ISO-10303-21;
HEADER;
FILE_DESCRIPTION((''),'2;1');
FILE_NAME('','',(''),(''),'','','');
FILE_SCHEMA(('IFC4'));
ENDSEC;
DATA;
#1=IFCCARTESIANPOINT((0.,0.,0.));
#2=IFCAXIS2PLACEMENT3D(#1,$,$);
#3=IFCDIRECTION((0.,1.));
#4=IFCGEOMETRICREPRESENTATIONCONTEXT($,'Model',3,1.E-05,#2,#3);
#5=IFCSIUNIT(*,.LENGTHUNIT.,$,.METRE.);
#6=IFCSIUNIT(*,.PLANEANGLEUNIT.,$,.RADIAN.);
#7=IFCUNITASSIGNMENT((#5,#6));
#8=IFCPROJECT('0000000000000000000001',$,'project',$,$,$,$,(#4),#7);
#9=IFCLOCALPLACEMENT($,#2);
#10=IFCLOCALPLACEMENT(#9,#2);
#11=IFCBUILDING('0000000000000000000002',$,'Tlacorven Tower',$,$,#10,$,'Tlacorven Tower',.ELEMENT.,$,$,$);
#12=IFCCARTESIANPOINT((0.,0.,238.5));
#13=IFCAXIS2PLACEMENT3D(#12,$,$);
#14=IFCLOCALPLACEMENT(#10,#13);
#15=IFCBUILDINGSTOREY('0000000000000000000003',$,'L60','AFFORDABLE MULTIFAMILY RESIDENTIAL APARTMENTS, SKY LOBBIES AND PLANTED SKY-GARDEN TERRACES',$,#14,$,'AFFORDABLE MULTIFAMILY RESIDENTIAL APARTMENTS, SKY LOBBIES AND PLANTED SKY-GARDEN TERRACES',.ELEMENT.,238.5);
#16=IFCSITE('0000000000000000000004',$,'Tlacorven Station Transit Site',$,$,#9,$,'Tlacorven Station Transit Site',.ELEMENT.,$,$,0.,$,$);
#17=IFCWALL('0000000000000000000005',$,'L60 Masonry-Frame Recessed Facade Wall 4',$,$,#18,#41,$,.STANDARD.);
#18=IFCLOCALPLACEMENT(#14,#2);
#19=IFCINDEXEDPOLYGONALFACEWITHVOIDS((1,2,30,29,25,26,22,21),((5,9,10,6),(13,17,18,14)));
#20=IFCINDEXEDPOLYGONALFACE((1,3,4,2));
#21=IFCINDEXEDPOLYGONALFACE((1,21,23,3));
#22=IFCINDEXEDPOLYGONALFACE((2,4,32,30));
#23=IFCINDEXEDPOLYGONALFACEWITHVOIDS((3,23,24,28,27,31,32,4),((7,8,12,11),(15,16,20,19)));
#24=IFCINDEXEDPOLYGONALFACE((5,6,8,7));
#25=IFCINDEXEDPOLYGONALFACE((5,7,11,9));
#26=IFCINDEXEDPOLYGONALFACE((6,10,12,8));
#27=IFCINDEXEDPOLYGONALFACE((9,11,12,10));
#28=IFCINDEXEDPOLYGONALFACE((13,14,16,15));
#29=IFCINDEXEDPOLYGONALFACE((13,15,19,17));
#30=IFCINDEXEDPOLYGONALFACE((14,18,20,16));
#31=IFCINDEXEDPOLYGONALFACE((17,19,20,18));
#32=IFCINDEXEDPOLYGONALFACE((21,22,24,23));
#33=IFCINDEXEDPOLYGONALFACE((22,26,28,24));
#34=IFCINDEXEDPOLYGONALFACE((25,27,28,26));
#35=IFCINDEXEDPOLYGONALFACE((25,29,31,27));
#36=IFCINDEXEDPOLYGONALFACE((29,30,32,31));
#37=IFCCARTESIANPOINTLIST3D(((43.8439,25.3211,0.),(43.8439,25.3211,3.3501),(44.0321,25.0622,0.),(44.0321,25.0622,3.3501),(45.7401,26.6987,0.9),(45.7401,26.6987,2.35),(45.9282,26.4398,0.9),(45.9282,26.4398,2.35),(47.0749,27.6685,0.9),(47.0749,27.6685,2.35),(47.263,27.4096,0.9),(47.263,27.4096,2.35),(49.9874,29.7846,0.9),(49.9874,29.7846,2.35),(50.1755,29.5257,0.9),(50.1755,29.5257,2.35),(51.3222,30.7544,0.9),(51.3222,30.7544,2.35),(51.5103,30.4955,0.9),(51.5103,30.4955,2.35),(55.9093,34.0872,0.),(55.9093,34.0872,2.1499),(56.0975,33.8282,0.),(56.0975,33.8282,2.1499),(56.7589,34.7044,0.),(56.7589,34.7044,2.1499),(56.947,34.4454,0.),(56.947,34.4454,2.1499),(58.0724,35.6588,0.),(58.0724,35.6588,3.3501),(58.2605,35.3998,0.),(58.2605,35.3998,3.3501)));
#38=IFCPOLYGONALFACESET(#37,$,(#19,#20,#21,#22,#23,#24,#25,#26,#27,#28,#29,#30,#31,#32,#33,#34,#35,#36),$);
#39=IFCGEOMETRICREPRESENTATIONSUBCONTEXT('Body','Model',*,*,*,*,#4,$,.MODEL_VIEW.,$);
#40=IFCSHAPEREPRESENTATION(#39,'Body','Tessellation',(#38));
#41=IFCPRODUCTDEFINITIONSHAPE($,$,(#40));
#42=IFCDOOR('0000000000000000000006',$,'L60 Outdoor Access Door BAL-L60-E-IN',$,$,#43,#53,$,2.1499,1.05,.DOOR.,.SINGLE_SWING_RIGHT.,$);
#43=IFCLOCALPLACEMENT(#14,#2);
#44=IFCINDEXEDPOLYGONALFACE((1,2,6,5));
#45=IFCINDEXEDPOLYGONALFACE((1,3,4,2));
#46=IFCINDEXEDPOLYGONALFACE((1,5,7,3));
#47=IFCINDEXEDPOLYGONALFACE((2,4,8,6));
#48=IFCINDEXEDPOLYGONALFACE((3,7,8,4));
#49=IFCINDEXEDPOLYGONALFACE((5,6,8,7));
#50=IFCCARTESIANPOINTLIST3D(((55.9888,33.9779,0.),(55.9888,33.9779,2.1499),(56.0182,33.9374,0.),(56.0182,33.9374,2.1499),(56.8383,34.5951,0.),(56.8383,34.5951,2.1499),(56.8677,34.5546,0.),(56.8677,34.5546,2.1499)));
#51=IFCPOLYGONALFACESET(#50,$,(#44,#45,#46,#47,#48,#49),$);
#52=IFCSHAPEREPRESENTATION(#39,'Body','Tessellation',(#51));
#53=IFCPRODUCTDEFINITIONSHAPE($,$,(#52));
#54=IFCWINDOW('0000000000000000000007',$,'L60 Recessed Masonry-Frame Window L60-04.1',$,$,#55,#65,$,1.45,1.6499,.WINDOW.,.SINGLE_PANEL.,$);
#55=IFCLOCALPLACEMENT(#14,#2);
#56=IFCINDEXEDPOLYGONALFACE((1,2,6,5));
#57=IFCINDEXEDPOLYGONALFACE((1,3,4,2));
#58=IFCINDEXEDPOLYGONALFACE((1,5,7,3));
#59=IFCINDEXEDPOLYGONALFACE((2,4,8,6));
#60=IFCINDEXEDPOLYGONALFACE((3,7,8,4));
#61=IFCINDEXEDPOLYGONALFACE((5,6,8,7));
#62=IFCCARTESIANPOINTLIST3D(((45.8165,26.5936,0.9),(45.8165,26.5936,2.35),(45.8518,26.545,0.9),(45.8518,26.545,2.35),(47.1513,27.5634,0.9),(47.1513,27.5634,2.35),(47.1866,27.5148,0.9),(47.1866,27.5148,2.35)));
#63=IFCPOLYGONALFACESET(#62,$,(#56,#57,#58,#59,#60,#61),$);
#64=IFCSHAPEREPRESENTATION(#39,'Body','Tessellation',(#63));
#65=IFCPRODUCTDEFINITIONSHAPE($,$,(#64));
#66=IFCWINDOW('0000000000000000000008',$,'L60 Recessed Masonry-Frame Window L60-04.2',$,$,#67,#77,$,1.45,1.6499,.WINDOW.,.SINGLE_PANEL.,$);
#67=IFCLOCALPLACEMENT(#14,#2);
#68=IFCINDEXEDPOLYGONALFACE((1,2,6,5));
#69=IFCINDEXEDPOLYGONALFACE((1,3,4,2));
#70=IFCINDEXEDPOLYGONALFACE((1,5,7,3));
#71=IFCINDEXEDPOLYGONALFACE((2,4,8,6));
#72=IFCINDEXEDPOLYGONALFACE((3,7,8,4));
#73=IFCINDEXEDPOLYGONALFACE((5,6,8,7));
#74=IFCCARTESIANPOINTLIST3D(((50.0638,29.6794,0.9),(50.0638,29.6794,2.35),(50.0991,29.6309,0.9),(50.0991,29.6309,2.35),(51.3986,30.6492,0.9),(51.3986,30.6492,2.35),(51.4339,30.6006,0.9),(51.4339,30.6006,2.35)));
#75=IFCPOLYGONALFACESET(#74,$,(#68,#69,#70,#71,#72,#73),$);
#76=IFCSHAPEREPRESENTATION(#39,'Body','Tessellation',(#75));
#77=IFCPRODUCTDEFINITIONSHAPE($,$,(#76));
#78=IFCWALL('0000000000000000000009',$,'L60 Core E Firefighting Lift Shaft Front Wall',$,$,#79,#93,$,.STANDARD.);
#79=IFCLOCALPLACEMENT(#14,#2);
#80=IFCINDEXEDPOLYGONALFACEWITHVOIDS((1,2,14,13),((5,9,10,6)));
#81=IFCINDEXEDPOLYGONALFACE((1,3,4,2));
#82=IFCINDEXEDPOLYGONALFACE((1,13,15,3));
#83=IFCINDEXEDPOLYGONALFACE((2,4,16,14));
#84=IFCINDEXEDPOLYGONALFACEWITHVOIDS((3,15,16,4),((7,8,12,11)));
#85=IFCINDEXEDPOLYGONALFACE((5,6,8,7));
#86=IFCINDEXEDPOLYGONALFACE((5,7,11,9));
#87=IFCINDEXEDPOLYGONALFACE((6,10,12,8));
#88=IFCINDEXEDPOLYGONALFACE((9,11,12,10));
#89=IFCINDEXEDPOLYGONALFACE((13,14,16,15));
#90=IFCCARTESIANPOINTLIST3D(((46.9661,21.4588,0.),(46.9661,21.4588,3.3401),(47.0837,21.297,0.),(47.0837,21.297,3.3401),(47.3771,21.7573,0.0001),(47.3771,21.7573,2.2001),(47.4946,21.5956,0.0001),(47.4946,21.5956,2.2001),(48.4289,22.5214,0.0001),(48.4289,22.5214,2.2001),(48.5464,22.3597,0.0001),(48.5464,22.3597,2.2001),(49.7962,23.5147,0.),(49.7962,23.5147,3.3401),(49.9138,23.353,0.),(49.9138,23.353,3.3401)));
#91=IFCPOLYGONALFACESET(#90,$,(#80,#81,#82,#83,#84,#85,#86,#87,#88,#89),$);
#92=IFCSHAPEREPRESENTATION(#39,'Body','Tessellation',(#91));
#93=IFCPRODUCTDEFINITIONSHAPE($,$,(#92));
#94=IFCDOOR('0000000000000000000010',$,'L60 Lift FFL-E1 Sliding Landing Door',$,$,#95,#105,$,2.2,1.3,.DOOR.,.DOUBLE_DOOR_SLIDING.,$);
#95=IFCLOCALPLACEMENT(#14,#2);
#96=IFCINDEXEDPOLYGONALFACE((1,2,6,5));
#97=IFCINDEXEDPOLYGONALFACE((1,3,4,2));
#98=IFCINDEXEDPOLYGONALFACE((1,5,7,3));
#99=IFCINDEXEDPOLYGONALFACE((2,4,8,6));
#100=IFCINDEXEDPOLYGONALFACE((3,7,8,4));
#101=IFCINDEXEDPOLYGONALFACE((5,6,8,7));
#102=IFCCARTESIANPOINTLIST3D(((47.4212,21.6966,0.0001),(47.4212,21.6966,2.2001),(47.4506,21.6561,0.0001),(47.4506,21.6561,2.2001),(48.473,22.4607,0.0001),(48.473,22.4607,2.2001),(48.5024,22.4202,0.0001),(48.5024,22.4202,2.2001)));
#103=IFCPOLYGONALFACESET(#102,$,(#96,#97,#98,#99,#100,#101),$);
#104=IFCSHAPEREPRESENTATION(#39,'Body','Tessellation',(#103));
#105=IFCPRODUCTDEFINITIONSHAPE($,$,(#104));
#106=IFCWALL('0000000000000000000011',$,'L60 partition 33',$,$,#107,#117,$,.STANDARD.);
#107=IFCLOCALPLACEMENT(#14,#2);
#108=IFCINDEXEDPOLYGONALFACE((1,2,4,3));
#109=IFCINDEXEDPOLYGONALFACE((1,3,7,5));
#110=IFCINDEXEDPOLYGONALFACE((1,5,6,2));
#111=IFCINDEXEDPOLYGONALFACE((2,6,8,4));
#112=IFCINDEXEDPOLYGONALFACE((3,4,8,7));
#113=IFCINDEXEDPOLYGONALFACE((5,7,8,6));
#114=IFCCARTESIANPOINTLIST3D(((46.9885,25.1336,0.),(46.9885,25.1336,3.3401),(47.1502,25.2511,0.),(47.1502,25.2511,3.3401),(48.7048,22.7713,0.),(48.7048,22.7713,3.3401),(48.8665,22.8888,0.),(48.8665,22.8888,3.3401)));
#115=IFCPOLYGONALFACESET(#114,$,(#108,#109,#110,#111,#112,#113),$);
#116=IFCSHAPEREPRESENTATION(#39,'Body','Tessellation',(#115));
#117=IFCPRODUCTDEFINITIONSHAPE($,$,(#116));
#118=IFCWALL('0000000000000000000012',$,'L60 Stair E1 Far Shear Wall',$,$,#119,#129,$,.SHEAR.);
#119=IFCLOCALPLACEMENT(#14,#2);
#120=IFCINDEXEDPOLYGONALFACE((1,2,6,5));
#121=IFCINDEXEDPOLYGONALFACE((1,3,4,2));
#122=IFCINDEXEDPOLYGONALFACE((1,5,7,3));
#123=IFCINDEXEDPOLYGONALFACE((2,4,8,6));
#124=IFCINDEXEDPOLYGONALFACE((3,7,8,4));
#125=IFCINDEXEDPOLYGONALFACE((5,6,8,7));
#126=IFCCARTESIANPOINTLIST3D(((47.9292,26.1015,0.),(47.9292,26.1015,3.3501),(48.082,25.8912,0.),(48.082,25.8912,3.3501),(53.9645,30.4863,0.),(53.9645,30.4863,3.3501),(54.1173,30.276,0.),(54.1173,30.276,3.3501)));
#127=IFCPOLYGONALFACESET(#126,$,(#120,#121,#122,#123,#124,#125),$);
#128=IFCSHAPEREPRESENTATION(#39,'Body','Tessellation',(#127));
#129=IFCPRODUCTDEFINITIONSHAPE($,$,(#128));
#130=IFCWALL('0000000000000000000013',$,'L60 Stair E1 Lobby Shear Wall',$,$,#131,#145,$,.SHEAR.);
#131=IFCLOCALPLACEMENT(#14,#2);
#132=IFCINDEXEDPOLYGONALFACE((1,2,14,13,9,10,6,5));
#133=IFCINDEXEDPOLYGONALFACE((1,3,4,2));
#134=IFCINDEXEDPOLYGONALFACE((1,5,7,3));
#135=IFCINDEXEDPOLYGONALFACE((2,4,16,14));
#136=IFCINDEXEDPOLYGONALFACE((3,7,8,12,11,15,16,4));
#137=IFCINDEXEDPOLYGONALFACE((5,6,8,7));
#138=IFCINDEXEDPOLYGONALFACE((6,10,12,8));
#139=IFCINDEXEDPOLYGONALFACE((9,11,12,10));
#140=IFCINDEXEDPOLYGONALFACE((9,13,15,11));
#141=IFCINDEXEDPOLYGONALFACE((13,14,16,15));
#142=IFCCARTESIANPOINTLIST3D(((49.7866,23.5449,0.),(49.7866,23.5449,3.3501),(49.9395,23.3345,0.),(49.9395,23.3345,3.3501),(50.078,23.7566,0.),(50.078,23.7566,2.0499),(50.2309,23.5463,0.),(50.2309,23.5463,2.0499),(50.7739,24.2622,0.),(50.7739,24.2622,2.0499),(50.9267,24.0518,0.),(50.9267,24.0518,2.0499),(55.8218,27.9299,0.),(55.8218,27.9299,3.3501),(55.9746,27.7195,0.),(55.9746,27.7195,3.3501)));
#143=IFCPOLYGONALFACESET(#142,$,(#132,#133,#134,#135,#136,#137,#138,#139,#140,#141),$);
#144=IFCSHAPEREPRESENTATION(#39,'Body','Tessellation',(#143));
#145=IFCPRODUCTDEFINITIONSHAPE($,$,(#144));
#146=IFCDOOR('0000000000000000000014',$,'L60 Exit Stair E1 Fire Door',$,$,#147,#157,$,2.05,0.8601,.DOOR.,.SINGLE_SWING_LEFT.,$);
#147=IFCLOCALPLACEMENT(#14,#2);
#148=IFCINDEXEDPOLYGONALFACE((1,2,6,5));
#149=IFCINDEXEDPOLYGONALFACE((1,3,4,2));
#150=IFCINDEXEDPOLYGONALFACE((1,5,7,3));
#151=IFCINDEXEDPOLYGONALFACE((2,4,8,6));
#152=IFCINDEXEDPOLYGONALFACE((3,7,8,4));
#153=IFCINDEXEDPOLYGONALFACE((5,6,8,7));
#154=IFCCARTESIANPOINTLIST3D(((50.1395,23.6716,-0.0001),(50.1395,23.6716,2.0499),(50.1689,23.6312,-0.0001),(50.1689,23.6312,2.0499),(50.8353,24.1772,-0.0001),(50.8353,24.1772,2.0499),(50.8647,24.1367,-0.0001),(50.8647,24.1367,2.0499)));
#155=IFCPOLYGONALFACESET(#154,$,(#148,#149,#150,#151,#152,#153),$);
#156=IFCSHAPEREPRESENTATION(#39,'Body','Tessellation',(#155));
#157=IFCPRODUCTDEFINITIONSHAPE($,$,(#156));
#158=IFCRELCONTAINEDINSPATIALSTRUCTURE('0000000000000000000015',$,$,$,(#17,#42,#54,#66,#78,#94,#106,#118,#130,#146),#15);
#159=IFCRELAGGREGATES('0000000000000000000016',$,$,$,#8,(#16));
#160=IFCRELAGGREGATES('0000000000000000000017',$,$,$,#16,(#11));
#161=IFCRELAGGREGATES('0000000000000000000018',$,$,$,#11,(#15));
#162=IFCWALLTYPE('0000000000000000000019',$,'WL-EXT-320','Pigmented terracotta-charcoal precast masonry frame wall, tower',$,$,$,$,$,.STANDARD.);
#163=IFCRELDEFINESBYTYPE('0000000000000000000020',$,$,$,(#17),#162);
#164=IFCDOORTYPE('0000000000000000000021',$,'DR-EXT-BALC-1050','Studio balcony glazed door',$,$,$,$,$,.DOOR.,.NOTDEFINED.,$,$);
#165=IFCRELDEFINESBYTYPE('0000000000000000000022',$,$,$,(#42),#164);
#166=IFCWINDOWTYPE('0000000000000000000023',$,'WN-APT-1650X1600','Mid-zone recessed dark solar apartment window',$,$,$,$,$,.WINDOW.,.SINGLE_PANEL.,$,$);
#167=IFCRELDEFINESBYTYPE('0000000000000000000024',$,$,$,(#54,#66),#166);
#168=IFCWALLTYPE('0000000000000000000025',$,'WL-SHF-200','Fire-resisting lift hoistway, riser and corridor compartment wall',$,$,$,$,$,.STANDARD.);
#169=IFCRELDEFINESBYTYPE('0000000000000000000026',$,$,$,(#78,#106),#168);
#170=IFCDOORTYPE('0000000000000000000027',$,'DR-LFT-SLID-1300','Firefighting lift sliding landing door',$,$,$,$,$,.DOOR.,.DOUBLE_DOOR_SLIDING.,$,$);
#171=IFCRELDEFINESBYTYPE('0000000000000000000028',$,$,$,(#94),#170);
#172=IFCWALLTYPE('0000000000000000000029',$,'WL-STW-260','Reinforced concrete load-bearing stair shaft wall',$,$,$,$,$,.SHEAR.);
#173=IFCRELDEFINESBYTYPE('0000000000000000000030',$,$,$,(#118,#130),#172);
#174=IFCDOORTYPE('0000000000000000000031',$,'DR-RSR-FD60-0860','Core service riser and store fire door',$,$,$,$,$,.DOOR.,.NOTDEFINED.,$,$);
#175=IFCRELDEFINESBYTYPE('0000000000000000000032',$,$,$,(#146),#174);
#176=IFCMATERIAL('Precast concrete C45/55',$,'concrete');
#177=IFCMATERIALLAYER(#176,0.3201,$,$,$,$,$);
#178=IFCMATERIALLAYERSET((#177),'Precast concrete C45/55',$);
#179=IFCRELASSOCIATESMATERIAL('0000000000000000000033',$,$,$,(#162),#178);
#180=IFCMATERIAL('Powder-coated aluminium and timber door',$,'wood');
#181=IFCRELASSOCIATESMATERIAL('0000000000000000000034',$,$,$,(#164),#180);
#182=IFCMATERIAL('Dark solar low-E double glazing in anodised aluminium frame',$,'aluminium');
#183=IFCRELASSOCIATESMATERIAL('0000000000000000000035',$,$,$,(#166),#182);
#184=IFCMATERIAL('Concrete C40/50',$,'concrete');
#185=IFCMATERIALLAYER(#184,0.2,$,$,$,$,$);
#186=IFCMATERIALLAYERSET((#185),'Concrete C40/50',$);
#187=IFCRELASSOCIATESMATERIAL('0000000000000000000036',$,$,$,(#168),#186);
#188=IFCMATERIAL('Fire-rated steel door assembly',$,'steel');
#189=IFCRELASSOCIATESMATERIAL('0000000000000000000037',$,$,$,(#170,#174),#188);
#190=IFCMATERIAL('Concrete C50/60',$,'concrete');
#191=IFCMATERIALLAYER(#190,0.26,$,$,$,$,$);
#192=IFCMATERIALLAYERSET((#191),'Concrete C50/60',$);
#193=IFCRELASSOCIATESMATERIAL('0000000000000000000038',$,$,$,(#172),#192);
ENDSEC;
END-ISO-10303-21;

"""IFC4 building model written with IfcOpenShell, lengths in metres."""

from ifc_helpers import new_model, si_unit, direction, frame, frame_2d, origin, place, context, subcontext, project, spatial, rectangle, extrude, source, transform, mapped, material, layer, layer_set, type_object, element, fill, save


model = new_model("IFC4")

# Units and contexts
model_context = context("Model", 3, precision=1e-05, world=origin(), true_north=direction((0.0, 1.0)))
body_context = subcontext(model_context, "Body", "Model", "MODEL_VIEW")
ifc_project = project(units=[si_unit("LENGTHUNIT", "METRE"), si_unit("PLANEANGLEUNIT", "RADIAN")], contexts=[model_context])

# Site, building, storey
site_placement = place(None, origin())
site = spatial("IfcSite", under=ifc_project, at=site_placement, Name="Tlacorven Station Transit Site", LongName="Tlacorven Station Transit Site", CompositionType="ELEMENT", RefElevation=0.0)
building_placement = place(site_placement, origin())
building = spatial("IfcBuilding", under=site, at=building_placement, Name="Tlacorven Tower", LongName="Tlacorven Tower", CompositionType="ELEMENT")
storey_placement = place(building_placement, frame((0.0, 0.0, 238.5)))
storey = spatial("IfcBuildingStorey", under=building, at=storey_placement, Name="L60", Description="AFFORDABLE MULTIFAMILY RESIDENTIAL APARTMENTS, SKY LOBBIES AND PLANTED SKY-GARDEN TERRACES", LongName="AFFORDABLE MULTIFAMILY RESIDENTIAL APARTMENTS, SKY LOBBIES AND PLANTED SKY-GARDEN TERRACES", CompositionType="ELEMENT", Elevation=238.5)

# Shared definitions
ifc_material_1 = material(Name="Concrete C50/60", Category="concrete")

# Wall, openings, door, windows
ifc_material_2 = material(Name="Precast concrete C45/55", Category="concrete")
ifc_layer_1 = layer(ifc_material_2, 0.3201)
ifc_layer_set_1 = layer_set([ifc_layer_1], Name="Precast concrete C45/55")
wall_type_1 = type_object("IfcWallType", Name="WL-EXT-320", Description="Pigmented terracotta-charcoal precast masonry frame wall, tower", PredefinedType="STANDARD", material=ifc_layer_set_1)
wall_1_placement = place(storey_placement, frame((43.938, 25.1917, 0.0), z_axis=(0.0, 0.0, 1.0), x_axis=(0.809016, 0.587786, 0.0)))
wall_1 = element("IfcWall", 1, at=wall_1_placement, inside=storey, type_object=wall_type_1, Name="L60 Masonry-Frame Recessed Facade Wall 4", PredefinedType="STANDARD", context=body_context, shape_type="SweptSolid", body=[
    extrude(rectangle(XDim=17.5874, YDim=0.3201, at=frame_2d((8.7937, 0.0))), origin(), (0.0, 0.0, 1.0), 3.3501),
])
opening_1_placement = place(wall_1_placement, frame((14.9138, 0.0, 0.0)))
opening_1 = element("IfcOpeningElement", 2, at=opening_1_placement, cuts=wall_1, PredefinedType="OPENING", context=body_context, shape_type="SweptSolid", body=[
    extrude(rectangle(XDim=1.05, YDim=2.1499, at=frame_2d((0.5249, 1.075))), frame((0.0, 0.1699, 0.0), z_axis=(0.0, -1.0, 0.0), x_axis=(1.0, 0.0, 0.0)), (0.0, 0.0, 1.0), 0.3401),
])
opening_2_placement = place(wall_1_placement, frame((2.3438, 0.0, 0.8999)))
opening_2 = element("IfcOpeningElement", 3, at=opening_2_placement, cuts=wall_1, PredefinedType="OPENING", context=body_context, shape_type="SweptSolid", body=[
    extrude(rectangle(XDim=1.6499, YDim=1.45, at=frame_2d((0.825, 0.7251))), frame((0.0, 0.1699, 0.0), z_axis=(0.0, -1.0, 0.0), x_axis=(1.0, 0.0, 0.0)), (0.0, 0.0, 1.0), 0.3401),
])
opening_3_placement = place(wall_1_placement, frame((7.5938, 0.0, 0.8999)))
opening_3 = element("IfcOpeningElement", 4, at=opening_3_placement, cuts=wall_1, PredefinedType="OPENING", context=body_context, shape_type="SweptSolid", body=[
    extrude(rectangle(XDim=1.6499, YDim=1.45, at=frame_2d((0.825, 0.7251))), frame((0.0, 0.1699, 0.0), z_axis=(0.0, -1.0, 0.0), x_axis=(1.0, 0.0, 0.0)), (0.0, 0.0, 1.0), 0.3401),
])
ifc_material_3 = material(Name="Powder-coated aluminium and timber door", Category="wood")
door_type_1 = type_object("IfcDoorType", Name="DR-EXT-BALC-1050", Description="Studio balcony glazed door", OperationType="NOTDEFINED", PredefinedType="DOOR", material=ifc_material_3)
shared_shape_1 = source(origin(), body_context, "Body", "SweptSolid", [
    extrude(rectangle(XDim=1.05, YDim=2.1499, at=frame_2d((0.5249, 1.075))), frame((0.0, 0.0249, 0.0), z_axis=(0.0, -1.0, 0.0), x_axis=(1.0, 0.0, 0.0)), (0.0, 0.0, 1.0), 0.05),
])
door_1_placement = place(opening_1_placement, origin())
door_1 = element("IfcDoor", 5, at=door_1_placement, inside=storey, type_object=door_type_1, Name="L60 Outdoor Access Door BAL-L60-E-IN", OperationType="SINGLE_SWING_RIGHT", OverallHeight=2.1499, OverallWidth=1.05, PredefinedType="DOOR", context=body_context, shape_type="MappedRepresentation", body=[
    mapped(shared_shape_1, transform((0.0, 0.0, 0.0), scale=1.0)),
])
fill(opening_1, door_1)
ifc_material_4 = material(Name="Dark solar low-E double glazing in anodised aluminium frame", Category="aluminium")
window_type = type_object("IfcWindowType", Name="WN-APT-1650X1600", Description="Mid-zone recessed dark solar apartment window", PartitioningType="SINGLE_PANEL", PredefinedType="WINDOW", material=ifc_material_4)
shared_shape_2 = source(origin(), body_context, "Body", "SweptSolid", [
    extrude(rectangle(XDim=1.6499, YDim=1.45, at=frame_2d((0.825, 0.7251))), frame((0.0, 0.03, 0.0), z_axis=(0.0, -1.0, 0.0), x_axis=(1.0, 0.0, 0.0)), (0.0, 0.0, 1.0), 0.0601),
])
window_1_placement = place(opening_2_placement, origin())
window_1 = element("IfcWindow", 6, at=window_1_placement, inside=storey, type_object=window_type, Name="L60 Recessed Masonry-Frame Window L60-04.1", OverallHeight=1.45, OverallWidth=1.6499, PartitioningType="SINGLE_PANEL", PredefinedType="WINDOW", context=body_context, shape_type="MappedRepresentation", body=[
    mapped(shared_shape_2, transform((0.0, 0.0, 0.0), scale=1.0)),
])
fill(opening_2, window_1)
window_2_placement = place(opening_3_placement, origin())
window_2 = element("IfcWindow", 7, at=window_2_placement, inside=storey, type_object=window_type, Name="L60 Recessed Masonry-Frame Window L60-04.2", OverallHeight=1.45, OverallWidth=1.6499, PartitioningType="SINGLE_PANEL", PredefinedType="WINDOW", context=body_context, shape_type="MappedRepresentation", body=[
    mapped(shared_shape_2, transform((0.0, 0.0, 0.0), scale=1.0)),
])
fill(opening_3, window_2)

# Wall, opening, door
ifc_material_5 = material(Name="Concrete C40/50", Category="concrete")
ifc_layer_2 = layer(ifc_material_5, 0.2)
ifc_layer_set_2 = layer_set([ifc_layer_2], Name="Concrete C40/50")
wall_type_2 = type_object("IfcWallType", Name="WL-SHF-200", Description="Fire-resisting lift hoistway, riser and corridor compartment wall", PredefinedType="STANDARD", material=ifc_layer_set_2)
wall_2_placement = place(storey_placement, frame((47.0249, 21.3779, 0.0), z_axis=(0.0, 0.0, 1.0), x_axis=(0.809053, 0.587736, 0.0)))
wall_2 = element("IfcWall", 8, at=wall_2_placement, inside=storey, type_object=wall_type_2, Name="L60 Core E Firefighting Lift Shaft Front Wall", PredefinedType="STANDARD", context=body_context, shape_type="SweptSolid", body=[
    extrude(rectangle(XDim=3.498, YDim=0.2, at=frame_2d((1.749, 0.0))), origin(), (0.0, 0.0, 1.0), 3.3401),
])
opening_4_placement = place(wall_2_placement, frame((0.5081, 0.0, 0.0)))
opening_4 = element("IfcOpeningElement", 9, at=opening_4_placement, cuts=wall_2, PredefinedType="OPENING", context=body_context, shape_type="SweptSolid", body=[
    extrude(rectangle(XDim=1.3, YDim=2.2, at=frame_2d((0.6499, 1.1001))), frame((0.0, 0.1099, 0.0), z_axis=(0.0, -1.0, 0.0), x_axis=(1.0, 0.0, 0.0)), (0.0, 0.0, 1.0), 0.22),
])
ifc_material_6 = material(Name="Fire-rated steel door assembly", Category="steel")
door_type_2 = type_object("IfcDoorType", Name="DR-LFT-SLID-1300", Description="Firefighting lift sliding landing door", OperationType="DOUBLE_DOOR_SLIDING", PredefinedType="DOOR", material=ifc_material_6)
shared_shape_3 = source(origin(), body_context, "Body", "SweptSolid", [
    extrude(rectangle(XDim=1.3, YDim=2.2, at=frame_2d((0.6499, 1.1001))), frame((0.0, 0.0249, 0.0), z_axis=(0.0, -1.0, 0.0), x_axis=(1.0, 0.0, 0.0)), (0.0, 0.0, 1.0), 0.05),
])
door_2_placement = place(opening_4_placement, origin())
door_2 = element("IfcDoor", 10, at=door_2_placement, inside=storey, type_object=door_type_2, Name="L60 Lift FFL-E1 Sliding Landing Door", OperationType="DOUBLE_DOOR_SLIDING", OverallHeight=2.2, OverallWidth=1.3, PredefinedType="DOOR", context=body_context, shape_type="MappedRepresentation", body=[
    mapped(shared_shape_3, transform((0.0, 0.0, 0.0), scale=1.0)),
])
fill(opening_4, door_2)

# Walls
wall_3_placement = place(storey_placement, frame((48.7856, 22.8301, 0.0), z_axis=(0.0, 0.0, 1.0), x_axis=(-0.587784, 0.809018, 0.0)))
element("IfcWall", 11, at=wall_3_placement, inside=storey, type_object=wall_type_2, Name="L60 partition 33", PredefinedType="STANDARD", context=body_context, shape_type="SweptSolid", body=[
    extrude(rectangle(XDim=2.9199, YDim=0.2, at=frame_2d((1.46, 0.0))), origin(), (0.0, 0.0, 1.0), 3.3401),
])
ifc_layer_3 = layer(ifc_material_1, 0.26)
ifc_layer_set_3 = layer_set([ifc_layer_3], Name="Concrete C50/60")
wall_type_3 = type_object("IfcWallType", Name="WL-STW-260", Description="Reinforced concrete load-bearing stair shaft wall", PredefinedType="SHEAR", material=ifc_layer_set_3)
wall_4_placement = place(storey_placement, frame((48.0056, 25.9963, 0.0), z_axis=(0.0, 0.0, 1.0), x_axis=(0.809019, 0.587782, 0.0)))
element("IfcWall", 12, at=wall_4_placement, inside=storey, type_object=wall_type_3, Name="L60 Stair E1 Far Shear Wall", PredefinedType="SHEAR", context=body_context, shape_type="SweptSolid", body=[
    extrude(rectangle(XDim=7.46, YDim=0.26, at=frame_2d((3.73, 0.0))), origin(), (0.0, 0.0, 1.0), 3.3501),
])

# Wall, opening, door
wall_5_placement = place(storey_placement, frame((49.863, 23.4397, 0.0), z_axis=(0.0, 0.0, 1.0), x_axis=(0.809003, 0.587804, 0.0)))
wall_5 = element("IfcWall", 13, at=wall_5_placement, inside=storey, type_object=wall_type_3, Name="L60 Stair E1 Lobby Shear Wall", PredefinedType="SHEAR", context=body_context, shape_type="SweptSolid", body=[
    extrude(rectangle(XDim=7.46, YDim=0.26, at=frame_2d((3.73, 0.0))), origin(), (0.0, 0.0, 1.0), 3.3501),
])
opening_5_placement = place(wall_5_placement, frame((0.3601, 0.0, 0.0)))
opening_5 = element("IfcOpeningElement", 14, at=opening_5_placement, cuts=wall_5, PredefinedType="OPENING", context=body_context, shape_type="SweptSolid", body=[
    extrude(rectangle(XDim=0.8601, YDim=2.05, at=frame_2d((0.4302, 1.0249))), frame((0.0, 0.1401, 0.0), z_axis=(0.0, -1.0, 0.0), x_axis=(1.0, 0.0, 0.0)), (0.0, 0.0, 1.0), 0.28),
])
door_type_3 = type_object("IfcDoorType", Name="DR-RSR-FD60-0860", Description="Core service riser and store fire door", OperationType="NOTDEFINED", PredefinedType="DOOR", material=ifc_material_6)
shared_shape_4 = source(origin(), body_context, "Body", "SweptSolid", [
    extrude(rectangle(XDim=0.8601, YDim=2.05, at=frame_2d((0.4302, 1.0249))), frame((0.0, 0.0249, 0.0), z_axis=(0.0, -1.0, 0.0), x_axis=(1.0, 0.0, 0.0)), (0.0, 0.0, 1.0), 0.05),
])
door_3_placement = place(opening_5_placement, frame((0.8601, 0.0, 0.0), z_axis=(0.0, 0.0, 1.0), x_axis=(-1.0, 0.0, 0.0)))
door_3 = element("IfcDoor", 15, at=door_3_placement, inside=storey, type_object=door_type_3, Name="L60 Exit Stair E1 Fire Door", OperationType="SINGLE_SWING_LEFT", OverallHeight=2.05, OverallWidth=0.8601, PredefinedType="DOOR", context=body_context, shape_type="MappedRepresentation", body=[
    mapped(shared_shape_4, transform((0.0, 0.0, 0.0), scale=1.0)),
])
fill(opening_5, door_3)

save(model, "model.ifc")
